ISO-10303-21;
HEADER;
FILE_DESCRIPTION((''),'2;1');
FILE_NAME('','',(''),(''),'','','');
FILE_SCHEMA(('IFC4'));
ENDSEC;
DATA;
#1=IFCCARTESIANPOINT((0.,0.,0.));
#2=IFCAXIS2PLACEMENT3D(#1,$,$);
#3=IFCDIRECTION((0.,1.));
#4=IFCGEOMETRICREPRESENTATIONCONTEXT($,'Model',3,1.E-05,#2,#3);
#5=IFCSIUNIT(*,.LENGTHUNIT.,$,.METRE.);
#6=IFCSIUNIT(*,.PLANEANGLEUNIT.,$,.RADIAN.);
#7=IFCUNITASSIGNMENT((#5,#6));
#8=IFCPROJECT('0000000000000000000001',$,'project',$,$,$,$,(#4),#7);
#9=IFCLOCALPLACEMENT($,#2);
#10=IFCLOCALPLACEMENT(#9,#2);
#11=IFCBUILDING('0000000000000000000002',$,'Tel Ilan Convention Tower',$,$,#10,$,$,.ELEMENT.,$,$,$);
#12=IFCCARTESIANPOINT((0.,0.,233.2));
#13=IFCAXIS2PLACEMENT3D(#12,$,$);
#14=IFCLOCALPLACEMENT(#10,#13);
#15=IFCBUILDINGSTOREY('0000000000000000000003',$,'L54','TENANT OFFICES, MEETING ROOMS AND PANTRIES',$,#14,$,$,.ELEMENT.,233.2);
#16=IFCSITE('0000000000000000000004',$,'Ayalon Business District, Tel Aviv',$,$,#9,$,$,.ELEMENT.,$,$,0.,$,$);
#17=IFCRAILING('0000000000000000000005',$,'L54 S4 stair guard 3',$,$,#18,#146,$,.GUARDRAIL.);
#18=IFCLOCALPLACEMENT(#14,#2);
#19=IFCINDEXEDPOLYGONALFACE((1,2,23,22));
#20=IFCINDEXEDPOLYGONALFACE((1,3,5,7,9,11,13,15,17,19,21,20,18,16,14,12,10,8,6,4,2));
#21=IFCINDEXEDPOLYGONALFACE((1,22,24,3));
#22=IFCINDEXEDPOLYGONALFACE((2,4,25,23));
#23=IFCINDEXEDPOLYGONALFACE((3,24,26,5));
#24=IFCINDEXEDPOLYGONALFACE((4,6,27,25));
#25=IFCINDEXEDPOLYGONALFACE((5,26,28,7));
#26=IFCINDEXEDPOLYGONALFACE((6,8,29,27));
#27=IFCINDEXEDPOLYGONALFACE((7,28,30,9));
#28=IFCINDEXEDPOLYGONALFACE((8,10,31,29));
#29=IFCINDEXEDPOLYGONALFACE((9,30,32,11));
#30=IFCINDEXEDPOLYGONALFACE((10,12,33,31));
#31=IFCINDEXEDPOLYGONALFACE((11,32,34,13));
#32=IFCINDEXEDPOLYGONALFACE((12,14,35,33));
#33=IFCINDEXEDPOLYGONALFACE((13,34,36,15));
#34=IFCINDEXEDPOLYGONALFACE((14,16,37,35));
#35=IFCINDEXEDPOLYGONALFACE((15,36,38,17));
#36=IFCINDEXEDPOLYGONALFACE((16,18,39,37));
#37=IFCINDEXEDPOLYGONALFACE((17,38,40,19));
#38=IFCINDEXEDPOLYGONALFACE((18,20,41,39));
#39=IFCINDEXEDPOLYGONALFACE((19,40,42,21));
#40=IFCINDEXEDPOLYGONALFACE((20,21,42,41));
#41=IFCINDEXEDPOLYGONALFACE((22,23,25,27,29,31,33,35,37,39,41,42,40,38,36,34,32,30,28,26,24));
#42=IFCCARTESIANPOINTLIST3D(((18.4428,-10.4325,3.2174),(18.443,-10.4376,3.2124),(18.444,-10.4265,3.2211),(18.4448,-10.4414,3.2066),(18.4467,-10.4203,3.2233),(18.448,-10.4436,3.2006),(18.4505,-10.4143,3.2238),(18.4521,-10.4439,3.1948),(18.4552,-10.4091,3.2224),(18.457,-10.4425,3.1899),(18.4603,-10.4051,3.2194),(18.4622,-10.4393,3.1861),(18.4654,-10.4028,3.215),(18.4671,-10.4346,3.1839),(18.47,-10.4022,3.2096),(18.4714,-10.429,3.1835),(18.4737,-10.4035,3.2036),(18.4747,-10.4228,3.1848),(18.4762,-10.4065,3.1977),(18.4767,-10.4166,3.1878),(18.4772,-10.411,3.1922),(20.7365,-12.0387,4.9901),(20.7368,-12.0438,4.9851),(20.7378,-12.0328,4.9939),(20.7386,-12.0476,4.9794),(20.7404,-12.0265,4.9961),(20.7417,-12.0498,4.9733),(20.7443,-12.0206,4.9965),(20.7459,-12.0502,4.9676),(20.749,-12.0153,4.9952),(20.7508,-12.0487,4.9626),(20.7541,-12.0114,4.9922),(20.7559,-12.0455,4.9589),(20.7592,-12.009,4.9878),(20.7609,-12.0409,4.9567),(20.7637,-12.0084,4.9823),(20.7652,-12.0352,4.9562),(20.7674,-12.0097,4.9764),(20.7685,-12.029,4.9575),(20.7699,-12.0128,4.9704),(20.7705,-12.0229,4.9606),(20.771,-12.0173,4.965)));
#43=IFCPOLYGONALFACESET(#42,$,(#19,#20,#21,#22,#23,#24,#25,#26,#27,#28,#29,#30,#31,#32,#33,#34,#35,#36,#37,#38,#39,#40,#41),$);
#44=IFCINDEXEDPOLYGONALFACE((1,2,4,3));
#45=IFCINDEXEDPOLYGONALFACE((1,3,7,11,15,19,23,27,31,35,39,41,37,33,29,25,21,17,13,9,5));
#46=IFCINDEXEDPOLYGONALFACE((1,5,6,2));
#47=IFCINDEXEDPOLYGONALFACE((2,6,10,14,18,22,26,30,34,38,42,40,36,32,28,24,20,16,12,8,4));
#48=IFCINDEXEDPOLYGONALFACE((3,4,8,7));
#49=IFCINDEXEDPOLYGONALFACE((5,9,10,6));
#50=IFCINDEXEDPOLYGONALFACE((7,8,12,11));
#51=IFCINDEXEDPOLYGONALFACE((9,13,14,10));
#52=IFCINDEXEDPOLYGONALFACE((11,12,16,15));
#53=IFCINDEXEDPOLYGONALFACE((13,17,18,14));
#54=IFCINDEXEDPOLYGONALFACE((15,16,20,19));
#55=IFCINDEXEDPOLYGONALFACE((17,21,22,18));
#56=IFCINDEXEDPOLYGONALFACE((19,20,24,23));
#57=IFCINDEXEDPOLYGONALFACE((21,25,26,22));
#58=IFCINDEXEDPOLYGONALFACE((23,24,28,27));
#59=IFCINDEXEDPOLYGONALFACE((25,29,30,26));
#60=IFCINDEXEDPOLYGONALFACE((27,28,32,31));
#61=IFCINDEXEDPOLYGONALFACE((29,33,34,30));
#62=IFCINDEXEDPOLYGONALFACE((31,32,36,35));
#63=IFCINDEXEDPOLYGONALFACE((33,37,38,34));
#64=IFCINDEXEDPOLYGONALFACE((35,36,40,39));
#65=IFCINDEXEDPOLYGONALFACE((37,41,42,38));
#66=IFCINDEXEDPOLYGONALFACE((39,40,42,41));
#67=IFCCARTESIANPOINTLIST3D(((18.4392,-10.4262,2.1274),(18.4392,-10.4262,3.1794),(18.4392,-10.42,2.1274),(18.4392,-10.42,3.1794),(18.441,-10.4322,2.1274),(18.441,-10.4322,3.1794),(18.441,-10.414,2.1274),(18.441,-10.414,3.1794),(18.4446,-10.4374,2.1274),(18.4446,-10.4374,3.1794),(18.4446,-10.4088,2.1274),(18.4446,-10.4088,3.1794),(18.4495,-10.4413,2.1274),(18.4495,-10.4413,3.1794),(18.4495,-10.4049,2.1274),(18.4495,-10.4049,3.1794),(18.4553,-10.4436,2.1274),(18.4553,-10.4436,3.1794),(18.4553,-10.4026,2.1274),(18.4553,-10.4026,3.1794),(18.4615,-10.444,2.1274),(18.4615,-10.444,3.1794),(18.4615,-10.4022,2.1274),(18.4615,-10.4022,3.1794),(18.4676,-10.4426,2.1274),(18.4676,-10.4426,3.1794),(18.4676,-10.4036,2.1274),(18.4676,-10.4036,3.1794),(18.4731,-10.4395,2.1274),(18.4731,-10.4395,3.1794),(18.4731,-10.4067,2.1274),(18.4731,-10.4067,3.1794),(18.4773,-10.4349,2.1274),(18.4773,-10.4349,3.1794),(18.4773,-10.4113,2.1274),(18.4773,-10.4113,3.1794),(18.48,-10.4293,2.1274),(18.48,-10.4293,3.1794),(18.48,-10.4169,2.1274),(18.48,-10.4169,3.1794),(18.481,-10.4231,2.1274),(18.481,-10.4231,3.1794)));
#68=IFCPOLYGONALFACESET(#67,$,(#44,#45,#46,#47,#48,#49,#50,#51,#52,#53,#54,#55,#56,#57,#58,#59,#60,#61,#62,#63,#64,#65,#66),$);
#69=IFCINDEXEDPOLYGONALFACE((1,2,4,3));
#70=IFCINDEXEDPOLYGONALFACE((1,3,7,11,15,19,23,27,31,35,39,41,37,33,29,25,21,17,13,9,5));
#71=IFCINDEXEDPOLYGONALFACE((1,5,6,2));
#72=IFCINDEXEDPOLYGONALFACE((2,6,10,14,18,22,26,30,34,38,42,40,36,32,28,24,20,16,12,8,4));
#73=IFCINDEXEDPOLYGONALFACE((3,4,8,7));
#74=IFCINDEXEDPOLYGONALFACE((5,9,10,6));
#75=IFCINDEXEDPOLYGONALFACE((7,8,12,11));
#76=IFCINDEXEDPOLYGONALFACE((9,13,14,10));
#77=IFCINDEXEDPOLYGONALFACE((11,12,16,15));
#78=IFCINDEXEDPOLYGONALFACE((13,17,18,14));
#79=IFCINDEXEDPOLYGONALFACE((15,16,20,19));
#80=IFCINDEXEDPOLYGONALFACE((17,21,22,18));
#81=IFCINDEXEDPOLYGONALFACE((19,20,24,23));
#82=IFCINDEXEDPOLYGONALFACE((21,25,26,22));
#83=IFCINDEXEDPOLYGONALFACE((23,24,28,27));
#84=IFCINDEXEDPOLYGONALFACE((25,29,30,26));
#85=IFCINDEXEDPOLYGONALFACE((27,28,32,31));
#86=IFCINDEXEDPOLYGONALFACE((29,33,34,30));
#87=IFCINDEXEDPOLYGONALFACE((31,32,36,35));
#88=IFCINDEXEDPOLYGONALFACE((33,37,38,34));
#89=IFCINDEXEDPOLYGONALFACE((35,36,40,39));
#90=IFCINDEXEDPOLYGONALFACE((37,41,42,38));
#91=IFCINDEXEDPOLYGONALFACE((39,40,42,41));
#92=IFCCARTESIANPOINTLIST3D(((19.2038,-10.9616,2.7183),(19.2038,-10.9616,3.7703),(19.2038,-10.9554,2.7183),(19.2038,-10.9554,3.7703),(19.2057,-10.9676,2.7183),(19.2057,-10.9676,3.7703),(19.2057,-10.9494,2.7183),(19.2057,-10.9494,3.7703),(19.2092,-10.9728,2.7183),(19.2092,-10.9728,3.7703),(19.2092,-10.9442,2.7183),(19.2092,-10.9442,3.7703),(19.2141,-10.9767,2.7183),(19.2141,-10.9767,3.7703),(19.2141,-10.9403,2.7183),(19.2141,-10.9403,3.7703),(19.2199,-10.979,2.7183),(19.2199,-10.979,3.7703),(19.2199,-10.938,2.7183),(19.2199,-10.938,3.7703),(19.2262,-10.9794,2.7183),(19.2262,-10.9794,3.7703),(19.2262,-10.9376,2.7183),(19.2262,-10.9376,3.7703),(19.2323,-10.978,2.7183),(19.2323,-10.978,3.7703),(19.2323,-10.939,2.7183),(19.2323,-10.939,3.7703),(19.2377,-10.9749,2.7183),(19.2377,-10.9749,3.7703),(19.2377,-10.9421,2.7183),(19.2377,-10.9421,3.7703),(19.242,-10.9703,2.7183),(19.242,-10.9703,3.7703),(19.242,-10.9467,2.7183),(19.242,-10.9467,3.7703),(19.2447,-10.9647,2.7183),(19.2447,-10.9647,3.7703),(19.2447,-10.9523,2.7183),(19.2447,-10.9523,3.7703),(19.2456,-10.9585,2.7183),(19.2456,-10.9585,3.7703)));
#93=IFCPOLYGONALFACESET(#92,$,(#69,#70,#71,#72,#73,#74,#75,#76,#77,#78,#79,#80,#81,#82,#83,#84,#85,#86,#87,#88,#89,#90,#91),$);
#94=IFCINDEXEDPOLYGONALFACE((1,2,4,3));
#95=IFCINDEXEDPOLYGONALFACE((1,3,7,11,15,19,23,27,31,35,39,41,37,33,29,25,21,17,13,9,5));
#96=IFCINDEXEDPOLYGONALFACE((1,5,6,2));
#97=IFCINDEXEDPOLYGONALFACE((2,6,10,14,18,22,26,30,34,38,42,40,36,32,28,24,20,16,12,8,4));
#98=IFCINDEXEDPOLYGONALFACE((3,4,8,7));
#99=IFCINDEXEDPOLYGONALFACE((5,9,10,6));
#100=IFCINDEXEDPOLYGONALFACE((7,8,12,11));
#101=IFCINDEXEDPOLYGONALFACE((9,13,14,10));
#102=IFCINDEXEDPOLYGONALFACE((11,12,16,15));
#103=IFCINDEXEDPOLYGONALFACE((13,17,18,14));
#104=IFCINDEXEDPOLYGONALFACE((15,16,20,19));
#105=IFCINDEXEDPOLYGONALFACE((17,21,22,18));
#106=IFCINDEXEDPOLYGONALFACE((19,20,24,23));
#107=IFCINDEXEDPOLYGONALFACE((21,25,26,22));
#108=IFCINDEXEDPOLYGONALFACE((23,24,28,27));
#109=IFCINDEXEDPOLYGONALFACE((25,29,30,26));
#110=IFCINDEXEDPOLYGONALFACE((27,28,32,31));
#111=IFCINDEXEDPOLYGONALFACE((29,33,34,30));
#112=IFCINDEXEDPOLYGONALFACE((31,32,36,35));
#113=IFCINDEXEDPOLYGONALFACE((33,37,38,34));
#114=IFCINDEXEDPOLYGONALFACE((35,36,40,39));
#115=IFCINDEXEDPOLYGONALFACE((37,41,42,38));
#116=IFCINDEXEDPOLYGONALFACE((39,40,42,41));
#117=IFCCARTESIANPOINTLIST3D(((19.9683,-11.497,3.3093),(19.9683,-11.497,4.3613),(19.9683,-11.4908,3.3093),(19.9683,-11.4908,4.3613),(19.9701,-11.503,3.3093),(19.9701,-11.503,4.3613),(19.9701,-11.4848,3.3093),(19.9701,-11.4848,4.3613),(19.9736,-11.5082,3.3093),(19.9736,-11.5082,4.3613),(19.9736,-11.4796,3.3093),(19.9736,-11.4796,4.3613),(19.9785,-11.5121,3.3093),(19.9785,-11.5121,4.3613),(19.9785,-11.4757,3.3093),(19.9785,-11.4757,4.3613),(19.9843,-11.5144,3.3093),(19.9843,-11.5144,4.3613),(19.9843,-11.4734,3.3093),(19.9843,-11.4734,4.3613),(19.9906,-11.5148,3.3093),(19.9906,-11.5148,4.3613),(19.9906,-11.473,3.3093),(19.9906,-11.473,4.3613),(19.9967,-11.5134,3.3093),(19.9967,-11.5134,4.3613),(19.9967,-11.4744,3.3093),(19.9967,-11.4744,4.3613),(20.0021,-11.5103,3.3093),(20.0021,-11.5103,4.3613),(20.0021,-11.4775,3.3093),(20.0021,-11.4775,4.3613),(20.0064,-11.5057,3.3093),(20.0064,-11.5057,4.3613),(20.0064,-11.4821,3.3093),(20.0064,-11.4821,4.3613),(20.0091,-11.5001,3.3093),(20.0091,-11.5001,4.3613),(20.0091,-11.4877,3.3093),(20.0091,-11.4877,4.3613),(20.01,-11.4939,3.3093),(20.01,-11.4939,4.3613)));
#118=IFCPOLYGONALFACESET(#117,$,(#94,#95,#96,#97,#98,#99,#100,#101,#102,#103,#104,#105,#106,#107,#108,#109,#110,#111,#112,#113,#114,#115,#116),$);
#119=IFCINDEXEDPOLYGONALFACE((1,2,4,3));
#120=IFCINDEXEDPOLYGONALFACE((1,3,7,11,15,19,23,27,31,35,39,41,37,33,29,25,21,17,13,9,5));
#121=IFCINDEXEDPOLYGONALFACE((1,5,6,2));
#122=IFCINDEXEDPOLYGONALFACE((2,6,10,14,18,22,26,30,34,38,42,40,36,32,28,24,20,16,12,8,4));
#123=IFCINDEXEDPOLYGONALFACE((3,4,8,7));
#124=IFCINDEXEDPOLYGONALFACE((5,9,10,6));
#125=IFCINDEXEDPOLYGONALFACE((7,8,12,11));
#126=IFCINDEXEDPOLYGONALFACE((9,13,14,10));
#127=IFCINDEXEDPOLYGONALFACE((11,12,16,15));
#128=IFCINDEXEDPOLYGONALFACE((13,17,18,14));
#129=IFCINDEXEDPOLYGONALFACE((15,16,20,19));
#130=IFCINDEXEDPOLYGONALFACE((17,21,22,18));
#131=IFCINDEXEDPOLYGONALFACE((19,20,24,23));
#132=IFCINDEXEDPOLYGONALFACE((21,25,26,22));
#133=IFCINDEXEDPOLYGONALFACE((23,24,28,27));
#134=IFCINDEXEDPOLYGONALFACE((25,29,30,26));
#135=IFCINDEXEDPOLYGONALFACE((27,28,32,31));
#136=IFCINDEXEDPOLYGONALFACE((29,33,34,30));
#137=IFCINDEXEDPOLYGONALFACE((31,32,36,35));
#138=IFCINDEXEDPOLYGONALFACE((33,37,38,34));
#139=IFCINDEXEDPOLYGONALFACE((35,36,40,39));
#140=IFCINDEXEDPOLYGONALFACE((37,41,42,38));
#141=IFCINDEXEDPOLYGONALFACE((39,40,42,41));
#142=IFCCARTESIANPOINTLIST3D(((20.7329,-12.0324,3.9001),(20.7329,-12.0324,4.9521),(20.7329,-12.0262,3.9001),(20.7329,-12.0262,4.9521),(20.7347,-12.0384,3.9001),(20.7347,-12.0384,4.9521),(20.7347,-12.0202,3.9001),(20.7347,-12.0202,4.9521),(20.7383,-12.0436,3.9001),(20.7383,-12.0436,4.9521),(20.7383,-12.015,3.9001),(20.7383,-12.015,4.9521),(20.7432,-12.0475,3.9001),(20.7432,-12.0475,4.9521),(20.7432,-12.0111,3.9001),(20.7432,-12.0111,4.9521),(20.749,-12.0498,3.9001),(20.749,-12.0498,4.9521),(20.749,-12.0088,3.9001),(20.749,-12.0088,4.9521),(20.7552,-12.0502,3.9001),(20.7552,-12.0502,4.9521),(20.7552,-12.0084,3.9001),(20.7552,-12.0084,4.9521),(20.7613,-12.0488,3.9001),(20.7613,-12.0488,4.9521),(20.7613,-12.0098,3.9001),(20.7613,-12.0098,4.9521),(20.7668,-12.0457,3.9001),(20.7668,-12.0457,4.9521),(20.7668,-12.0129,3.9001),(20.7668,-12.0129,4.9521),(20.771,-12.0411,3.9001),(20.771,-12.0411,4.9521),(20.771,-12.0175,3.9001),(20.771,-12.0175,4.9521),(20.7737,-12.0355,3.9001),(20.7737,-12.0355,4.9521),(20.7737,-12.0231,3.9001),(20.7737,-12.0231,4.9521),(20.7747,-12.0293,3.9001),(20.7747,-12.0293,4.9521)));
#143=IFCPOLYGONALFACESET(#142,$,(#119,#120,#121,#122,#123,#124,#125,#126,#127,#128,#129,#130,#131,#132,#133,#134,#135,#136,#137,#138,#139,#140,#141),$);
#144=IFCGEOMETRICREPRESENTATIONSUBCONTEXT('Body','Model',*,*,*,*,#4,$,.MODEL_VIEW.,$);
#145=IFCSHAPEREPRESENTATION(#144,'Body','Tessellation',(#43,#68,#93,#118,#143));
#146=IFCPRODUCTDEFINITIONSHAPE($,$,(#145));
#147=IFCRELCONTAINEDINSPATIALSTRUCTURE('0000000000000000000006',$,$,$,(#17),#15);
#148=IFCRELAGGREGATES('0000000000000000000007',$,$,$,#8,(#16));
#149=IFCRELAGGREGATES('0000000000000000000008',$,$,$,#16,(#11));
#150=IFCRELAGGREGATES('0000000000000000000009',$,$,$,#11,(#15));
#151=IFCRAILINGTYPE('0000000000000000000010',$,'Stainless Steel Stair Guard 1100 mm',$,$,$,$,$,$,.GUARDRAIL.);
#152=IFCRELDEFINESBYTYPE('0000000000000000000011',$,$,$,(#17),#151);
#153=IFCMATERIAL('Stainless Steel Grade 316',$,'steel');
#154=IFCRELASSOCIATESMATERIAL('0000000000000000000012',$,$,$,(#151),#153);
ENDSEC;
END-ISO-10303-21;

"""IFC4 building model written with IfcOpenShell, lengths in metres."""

from ifc_helpers import new_model, si_unit, direction, frame, origin, origin_2d, place, context, subcontext, project, spatial, circle, extrude, material, type_object, element, save


model = new_model("IFC4")

# Units and contexts
model_context = context("Model", 3, precision=1e-05, world=origin(), true_north=direction((0.0, 1.0)))
body_context = subcontext(model_context, "Body", "Model", "MODEL_VIEW")
ifc_project = project(units=[si_unit("LENGTHUNIT", "METRE"), si_unit("PLANEANGLEUNIT", "RADIAN")], contexts=[model_context])

# Site, building, storey
site_placement = place(None, origin())
site = spatial("IfcSite", under=ifc_project, at=site_placement, Name="Ayalon Business District, Tel Aviv", CompositionType="ELEMENT", RefElevation=0.0)
building_placement = place(site_placement, origin())
building = spatial("IfcBuilding", under=site, at=building_placement, Name="Tel Ilan Convention Tower", CompositionType="ELEMENT")
storey_placement = place(building_placement, frame((0.0, 0.0, 233.2)))
storey = spatial("IfcBuildingStorey", under=building, at=storey_placement, Name="L54", Description="TENANT OFFICES, MEETING ROOMS AND PANTRIES", CompositionType="ELEMENT", Elevation=233.2)

# Railing
ifc_material_1 = material(Name="Stainless Steel Grade 316", Category="steel")
railing_type_1 = type_object("IfcRailingType", Name="Stainless Steel Stair Guard 1100 mm", PredefinedType="GUARDRAIL", material=ifc_material_1)
railing_1_placement = place(storey_placement, frame((18.46, -10.4231, 2.1274)))
element("IfcRailing", 1, at=railing_1_placement, inside=storey, type_object=railing_type_1, Name="L54 S4 stair guard 3", PredefinedType="GUARDRAIL", context=body_context, shape_type="SweptSolid", body=[
    extrude(circle(Radius=0.0239, at=origin_2d()), frame((0.0, 0.0, 1.0762), z_axis=(0.692098, -0.484653, 0.534894), x_axis=(0.573609, 0.81913, 0.0)), (0.0, 0.0, 1.0), 3.3142),
    extrude(circle(Radius=0.021, at=origin_2d()), origin(), (0.0, 0.0, 1.0), 1.052),
    extrude(circle(Radius=0.021, at=origin_2d()), frame((0.7646, -0.5354, 0.5908)), (0.0, 0.0, 1.0), 1.052),
    extrude(circle(Radius=0.021, at=origin_2d()), frame((1.5291, -1.0708, 1.1819)), (0.0, 0.0, 1.0), 1.052),
    extrude(circle(Radius=0.021, at=origin_2d()), frame((2.2937, -1.6062, 1.7727)), (0.0, 0.0, 1.0), 1.052),
])

save(model, "model.ifc")
